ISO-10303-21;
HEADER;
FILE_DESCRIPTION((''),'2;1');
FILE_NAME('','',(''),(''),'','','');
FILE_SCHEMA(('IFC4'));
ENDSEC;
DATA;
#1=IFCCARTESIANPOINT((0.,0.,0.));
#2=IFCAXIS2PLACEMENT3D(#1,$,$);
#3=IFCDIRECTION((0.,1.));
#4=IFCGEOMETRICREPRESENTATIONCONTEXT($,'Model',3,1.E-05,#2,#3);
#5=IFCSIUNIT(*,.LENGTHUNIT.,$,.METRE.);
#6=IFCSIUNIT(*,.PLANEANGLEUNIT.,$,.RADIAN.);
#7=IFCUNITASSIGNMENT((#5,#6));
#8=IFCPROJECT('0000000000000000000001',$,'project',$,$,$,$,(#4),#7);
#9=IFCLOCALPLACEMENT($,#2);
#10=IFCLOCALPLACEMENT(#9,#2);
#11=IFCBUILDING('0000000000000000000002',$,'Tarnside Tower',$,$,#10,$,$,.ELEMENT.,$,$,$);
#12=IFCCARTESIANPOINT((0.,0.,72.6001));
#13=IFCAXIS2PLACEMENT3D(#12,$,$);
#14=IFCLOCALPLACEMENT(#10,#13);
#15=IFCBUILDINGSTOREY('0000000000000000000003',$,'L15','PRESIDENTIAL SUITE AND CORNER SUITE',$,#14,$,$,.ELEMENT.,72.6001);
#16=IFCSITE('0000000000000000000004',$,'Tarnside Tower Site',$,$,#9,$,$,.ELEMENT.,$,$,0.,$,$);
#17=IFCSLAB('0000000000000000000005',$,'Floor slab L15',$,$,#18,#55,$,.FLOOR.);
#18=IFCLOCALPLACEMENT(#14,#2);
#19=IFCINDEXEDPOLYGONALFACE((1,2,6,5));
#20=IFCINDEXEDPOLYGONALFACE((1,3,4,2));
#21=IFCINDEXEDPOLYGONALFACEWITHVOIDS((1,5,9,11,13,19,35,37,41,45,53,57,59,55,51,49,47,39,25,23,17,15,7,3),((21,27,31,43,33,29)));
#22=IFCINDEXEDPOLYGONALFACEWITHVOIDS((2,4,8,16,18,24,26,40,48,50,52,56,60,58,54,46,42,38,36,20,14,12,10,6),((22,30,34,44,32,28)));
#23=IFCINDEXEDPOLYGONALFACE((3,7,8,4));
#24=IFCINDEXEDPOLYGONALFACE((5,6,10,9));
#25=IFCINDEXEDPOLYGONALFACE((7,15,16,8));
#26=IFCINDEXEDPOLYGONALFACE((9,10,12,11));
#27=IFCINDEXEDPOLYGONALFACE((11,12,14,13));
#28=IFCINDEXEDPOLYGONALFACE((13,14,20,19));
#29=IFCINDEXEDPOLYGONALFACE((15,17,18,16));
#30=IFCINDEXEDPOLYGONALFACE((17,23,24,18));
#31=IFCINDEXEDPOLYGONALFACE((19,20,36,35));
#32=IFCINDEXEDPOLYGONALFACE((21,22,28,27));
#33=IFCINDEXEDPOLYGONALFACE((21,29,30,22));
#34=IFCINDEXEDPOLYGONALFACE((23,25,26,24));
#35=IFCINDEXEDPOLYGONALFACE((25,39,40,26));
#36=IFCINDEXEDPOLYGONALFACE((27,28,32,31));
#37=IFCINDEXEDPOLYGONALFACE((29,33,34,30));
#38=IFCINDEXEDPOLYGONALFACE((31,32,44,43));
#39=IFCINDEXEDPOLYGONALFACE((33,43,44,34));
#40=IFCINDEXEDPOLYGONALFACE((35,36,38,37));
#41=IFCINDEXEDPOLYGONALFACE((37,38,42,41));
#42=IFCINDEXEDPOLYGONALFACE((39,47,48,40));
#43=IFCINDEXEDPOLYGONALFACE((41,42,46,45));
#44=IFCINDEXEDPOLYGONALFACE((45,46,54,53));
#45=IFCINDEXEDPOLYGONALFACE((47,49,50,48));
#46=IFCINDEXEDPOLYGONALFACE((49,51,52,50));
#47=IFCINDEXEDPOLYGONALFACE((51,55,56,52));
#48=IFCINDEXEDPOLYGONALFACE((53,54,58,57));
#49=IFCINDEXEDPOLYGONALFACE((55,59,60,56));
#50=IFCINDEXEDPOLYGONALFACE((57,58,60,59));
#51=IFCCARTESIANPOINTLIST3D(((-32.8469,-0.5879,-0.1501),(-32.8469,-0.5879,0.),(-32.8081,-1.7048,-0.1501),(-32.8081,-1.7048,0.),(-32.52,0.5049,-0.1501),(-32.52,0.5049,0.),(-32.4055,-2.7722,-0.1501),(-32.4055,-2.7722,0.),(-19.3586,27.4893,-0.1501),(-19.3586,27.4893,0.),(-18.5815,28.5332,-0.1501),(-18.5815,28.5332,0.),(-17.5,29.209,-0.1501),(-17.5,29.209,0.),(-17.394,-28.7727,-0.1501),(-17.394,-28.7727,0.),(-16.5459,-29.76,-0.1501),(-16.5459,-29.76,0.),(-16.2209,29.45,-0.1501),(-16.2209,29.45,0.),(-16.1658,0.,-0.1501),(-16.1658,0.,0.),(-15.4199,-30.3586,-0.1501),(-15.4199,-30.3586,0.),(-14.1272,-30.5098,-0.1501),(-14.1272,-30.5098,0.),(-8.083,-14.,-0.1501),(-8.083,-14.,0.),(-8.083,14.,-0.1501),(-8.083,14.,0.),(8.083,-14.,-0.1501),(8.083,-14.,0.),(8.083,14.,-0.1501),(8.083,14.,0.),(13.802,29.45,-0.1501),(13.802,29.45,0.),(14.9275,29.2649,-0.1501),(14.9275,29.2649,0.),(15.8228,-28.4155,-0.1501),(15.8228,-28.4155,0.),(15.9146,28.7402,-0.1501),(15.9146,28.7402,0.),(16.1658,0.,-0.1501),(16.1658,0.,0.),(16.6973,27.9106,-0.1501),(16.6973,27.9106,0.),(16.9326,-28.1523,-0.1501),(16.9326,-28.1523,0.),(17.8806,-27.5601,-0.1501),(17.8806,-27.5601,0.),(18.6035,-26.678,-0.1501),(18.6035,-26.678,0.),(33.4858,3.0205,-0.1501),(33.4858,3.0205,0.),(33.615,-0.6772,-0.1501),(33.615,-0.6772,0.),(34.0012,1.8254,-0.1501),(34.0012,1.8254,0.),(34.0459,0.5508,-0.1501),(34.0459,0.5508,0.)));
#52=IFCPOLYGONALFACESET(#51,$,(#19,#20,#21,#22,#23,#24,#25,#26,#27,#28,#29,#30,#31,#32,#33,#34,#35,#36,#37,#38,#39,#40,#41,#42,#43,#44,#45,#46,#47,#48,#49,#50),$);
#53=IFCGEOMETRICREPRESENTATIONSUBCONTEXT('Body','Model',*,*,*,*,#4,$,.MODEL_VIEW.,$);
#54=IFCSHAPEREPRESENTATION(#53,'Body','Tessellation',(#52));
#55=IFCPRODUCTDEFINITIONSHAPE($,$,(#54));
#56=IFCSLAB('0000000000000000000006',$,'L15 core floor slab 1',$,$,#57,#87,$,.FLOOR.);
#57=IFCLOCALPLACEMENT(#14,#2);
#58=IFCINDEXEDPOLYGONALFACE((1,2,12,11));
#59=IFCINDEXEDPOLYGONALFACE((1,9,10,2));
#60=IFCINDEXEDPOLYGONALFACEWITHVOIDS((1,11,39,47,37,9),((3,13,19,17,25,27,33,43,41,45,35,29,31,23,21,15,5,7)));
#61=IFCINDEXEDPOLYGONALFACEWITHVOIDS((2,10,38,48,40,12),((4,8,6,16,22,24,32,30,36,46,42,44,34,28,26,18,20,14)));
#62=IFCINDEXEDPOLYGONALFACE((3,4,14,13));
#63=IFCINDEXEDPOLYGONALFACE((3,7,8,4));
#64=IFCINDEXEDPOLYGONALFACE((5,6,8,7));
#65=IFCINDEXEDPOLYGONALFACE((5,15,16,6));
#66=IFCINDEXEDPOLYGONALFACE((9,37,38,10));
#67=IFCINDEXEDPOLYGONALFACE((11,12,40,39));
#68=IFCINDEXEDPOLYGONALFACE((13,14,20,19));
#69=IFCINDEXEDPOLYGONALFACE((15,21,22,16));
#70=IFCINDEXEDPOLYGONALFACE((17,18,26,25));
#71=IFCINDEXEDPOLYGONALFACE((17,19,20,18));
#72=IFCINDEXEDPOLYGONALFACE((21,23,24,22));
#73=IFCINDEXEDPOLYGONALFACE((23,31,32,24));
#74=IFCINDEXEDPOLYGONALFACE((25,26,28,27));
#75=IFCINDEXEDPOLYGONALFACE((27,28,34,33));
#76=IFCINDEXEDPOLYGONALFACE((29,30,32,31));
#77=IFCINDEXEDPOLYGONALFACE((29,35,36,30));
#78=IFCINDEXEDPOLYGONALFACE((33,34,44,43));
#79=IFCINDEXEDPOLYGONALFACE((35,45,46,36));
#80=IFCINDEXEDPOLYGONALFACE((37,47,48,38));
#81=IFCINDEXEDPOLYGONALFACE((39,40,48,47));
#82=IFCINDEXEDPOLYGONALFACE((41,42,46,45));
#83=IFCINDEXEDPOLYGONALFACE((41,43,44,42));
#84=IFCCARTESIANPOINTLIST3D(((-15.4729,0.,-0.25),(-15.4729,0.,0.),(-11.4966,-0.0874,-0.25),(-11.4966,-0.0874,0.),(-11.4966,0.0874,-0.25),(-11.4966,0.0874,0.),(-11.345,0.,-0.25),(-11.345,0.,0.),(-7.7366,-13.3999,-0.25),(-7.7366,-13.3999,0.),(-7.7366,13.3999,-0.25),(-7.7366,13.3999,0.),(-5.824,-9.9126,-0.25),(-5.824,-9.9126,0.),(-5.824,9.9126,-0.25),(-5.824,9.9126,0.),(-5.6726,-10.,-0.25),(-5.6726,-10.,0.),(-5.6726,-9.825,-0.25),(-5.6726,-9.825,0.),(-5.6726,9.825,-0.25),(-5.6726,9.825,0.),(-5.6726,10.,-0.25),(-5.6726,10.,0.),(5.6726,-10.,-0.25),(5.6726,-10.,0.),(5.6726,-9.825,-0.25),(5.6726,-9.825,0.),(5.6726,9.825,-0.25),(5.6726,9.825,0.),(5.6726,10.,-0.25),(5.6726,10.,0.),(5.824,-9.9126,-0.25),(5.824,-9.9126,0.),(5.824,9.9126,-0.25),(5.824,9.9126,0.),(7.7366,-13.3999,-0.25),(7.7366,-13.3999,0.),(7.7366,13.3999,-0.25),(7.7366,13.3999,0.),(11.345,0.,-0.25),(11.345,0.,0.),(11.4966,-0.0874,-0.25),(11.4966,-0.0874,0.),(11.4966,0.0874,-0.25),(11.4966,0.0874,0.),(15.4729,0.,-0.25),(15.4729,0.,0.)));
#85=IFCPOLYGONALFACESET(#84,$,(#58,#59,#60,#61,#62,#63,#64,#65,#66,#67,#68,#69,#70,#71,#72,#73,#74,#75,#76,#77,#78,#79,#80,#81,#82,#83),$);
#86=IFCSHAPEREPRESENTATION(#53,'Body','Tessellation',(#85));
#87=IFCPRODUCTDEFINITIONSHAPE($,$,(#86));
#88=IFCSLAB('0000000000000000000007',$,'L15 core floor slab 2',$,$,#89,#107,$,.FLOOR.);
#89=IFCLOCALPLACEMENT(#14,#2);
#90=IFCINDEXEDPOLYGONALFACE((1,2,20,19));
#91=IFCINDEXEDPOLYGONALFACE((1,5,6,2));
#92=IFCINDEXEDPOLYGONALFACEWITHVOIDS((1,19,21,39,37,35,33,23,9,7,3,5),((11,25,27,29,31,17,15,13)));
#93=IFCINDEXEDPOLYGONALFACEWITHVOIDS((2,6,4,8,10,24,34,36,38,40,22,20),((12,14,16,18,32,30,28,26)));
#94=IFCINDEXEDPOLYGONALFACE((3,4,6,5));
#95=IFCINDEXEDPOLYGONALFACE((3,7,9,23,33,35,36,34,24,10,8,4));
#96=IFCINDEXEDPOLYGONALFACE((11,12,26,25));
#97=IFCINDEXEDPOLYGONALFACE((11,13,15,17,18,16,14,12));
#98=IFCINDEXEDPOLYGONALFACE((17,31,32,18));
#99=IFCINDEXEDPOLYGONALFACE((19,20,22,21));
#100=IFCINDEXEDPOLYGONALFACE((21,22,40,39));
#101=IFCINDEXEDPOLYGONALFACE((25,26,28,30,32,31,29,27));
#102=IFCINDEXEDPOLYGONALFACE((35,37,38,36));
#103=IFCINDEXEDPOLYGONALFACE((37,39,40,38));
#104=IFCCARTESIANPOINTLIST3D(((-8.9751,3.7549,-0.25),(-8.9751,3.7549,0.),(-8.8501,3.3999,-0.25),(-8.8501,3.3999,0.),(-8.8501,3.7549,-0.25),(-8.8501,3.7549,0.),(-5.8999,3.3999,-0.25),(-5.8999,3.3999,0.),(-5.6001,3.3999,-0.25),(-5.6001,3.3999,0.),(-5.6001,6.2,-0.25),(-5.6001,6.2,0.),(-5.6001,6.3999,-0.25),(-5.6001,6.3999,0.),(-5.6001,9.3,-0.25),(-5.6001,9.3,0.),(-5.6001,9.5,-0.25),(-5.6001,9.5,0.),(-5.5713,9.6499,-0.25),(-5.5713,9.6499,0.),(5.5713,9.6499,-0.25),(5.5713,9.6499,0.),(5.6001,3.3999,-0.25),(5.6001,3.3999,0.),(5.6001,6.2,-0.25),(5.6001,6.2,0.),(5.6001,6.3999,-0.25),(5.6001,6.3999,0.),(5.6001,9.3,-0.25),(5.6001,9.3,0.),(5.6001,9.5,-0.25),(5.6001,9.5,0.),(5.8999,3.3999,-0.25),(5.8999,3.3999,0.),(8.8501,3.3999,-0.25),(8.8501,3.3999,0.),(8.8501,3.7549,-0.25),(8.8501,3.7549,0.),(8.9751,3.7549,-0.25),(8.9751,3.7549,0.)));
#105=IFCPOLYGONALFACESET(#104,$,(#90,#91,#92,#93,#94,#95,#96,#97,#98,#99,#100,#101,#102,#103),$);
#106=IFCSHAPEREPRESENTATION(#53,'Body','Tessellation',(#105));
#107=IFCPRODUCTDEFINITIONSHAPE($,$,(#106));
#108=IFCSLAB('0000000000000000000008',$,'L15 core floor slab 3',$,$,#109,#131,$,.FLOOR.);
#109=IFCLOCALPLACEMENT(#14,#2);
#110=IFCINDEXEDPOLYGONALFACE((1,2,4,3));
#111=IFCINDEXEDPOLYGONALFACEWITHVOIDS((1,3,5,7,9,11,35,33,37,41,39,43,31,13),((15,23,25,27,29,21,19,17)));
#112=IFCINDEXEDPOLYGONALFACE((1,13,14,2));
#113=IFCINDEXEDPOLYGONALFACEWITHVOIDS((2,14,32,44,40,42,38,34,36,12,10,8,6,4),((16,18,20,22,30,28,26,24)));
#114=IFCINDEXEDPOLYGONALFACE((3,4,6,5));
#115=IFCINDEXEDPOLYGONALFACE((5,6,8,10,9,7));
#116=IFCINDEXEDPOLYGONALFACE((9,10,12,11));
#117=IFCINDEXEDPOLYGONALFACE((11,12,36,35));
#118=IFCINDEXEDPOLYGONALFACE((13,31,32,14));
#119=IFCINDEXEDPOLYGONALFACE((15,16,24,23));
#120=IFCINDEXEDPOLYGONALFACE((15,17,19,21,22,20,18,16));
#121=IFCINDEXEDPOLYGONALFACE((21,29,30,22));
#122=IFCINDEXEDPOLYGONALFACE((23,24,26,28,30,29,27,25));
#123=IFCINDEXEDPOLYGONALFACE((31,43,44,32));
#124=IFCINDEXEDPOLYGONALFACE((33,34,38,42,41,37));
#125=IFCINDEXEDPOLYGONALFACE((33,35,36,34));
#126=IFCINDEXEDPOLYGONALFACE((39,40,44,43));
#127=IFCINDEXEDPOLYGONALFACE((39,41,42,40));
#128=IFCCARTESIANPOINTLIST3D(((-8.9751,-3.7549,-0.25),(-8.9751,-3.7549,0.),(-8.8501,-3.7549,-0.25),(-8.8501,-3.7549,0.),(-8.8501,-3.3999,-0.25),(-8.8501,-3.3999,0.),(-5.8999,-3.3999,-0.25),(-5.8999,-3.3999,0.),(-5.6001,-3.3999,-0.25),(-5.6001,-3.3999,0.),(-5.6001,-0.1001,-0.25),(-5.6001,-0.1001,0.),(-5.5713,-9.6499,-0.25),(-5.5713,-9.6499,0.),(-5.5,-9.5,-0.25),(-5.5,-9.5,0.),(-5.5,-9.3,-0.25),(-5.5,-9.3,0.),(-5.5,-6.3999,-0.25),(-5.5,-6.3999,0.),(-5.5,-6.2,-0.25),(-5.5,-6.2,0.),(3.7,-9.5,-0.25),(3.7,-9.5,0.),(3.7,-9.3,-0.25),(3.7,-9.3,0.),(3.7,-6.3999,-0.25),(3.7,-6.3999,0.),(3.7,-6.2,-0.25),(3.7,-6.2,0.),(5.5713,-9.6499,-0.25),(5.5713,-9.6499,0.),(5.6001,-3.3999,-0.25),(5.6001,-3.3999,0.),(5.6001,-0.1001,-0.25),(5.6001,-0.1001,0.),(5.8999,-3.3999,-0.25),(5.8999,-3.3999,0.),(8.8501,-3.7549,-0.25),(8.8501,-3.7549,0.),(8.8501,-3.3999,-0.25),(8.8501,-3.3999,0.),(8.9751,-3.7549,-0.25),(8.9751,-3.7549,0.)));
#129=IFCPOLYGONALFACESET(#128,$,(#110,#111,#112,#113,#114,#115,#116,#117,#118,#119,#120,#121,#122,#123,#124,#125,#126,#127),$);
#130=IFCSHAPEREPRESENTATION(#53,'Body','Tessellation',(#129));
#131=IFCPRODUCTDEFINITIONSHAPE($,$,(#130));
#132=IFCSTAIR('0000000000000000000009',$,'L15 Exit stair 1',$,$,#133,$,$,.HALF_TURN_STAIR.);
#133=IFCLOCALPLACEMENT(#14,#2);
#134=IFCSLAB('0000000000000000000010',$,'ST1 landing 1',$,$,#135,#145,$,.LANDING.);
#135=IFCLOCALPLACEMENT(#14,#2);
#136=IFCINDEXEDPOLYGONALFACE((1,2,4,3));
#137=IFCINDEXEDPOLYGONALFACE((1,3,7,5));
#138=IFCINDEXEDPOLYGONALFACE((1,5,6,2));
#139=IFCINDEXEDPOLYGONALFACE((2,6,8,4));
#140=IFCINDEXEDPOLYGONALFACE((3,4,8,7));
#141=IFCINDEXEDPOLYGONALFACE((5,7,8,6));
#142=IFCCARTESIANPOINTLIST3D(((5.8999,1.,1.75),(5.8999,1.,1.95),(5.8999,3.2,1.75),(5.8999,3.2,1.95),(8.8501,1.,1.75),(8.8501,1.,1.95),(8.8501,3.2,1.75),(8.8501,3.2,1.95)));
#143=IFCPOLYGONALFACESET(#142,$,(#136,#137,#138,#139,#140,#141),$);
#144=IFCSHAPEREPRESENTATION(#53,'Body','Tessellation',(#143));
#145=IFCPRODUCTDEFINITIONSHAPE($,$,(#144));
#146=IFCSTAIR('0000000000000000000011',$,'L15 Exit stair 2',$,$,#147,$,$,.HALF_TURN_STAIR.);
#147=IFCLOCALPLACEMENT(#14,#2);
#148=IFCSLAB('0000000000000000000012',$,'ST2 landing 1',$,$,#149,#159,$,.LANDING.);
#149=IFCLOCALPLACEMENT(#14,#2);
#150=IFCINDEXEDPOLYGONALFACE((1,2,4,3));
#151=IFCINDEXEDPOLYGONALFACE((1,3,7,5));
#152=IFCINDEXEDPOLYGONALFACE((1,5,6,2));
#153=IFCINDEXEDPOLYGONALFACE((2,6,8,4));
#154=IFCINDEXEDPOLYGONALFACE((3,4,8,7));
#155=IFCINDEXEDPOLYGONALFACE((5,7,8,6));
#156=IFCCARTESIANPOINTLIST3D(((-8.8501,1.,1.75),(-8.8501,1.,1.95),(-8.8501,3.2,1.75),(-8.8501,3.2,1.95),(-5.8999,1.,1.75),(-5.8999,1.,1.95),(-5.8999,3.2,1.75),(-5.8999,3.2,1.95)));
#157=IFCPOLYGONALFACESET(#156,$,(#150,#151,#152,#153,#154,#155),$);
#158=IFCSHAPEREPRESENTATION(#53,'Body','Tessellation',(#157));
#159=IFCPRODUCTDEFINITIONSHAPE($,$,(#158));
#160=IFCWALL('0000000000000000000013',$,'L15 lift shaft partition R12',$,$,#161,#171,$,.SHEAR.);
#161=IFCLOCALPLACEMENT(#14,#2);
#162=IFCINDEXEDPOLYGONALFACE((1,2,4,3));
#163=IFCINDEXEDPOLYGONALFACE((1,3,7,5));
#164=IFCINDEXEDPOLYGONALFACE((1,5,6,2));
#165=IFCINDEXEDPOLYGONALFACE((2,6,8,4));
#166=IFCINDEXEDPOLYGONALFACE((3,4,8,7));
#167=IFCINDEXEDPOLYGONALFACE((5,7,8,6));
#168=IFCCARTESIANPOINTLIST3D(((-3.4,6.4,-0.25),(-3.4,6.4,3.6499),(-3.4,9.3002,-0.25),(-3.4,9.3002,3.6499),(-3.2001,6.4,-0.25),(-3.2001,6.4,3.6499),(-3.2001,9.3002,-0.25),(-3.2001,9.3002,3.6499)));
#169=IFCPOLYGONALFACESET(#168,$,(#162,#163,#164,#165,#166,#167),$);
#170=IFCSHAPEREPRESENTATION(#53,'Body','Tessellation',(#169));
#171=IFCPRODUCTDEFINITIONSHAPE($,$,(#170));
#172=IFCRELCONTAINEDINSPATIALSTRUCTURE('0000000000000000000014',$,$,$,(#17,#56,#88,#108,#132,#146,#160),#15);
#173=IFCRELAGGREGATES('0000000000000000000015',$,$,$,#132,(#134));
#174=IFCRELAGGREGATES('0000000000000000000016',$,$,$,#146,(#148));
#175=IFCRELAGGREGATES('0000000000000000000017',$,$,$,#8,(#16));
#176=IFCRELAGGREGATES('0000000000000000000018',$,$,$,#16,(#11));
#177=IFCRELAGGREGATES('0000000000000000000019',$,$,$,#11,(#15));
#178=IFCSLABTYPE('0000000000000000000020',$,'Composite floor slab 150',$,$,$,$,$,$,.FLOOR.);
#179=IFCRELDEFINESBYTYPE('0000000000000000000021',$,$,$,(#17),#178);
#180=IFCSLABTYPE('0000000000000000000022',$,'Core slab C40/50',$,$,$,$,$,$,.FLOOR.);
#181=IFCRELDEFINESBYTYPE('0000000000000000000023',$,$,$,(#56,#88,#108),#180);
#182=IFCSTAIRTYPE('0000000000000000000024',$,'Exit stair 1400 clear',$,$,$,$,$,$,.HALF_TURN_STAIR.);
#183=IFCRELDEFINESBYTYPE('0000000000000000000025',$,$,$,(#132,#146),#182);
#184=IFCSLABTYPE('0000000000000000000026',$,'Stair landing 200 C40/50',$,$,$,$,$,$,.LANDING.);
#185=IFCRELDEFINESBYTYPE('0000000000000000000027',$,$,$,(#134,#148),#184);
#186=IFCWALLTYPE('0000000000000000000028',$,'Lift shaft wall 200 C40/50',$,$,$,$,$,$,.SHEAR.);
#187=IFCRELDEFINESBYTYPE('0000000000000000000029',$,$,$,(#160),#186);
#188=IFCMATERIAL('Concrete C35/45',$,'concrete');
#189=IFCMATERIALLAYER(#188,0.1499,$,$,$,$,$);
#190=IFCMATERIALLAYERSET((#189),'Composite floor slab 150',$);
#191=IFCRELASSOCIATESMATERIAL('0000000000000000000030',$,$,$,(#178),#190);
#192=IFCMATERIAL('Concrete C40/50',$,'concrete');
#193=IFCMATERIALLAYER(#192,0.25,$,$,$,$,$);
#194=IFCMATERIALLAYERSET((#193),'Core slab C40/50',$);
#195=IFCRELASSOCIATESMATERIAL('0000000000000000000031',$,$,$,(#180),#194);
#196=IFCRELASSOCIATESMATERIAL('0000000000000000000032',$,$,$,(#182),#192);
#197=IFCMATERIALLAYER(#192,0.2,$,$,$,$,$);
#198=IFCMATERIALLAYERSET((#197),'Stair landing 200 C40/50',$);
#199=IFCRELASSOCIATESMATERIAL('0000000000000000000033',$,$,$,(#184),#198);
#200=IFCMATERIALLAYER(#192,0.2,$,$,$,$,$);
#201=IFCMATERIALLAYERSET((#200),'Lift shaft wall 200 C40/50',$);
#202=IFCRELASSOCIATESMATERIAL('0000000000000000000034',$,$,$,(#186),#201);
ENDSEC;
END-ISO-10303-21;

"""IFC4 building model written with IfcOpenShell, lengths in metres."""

from ifc_helpers import new_model, si_unit, direction, frame, frame_2d, origin, place, context, subcontext, project, spatial, polyline, rectangle, outline, extrude, material, layer, layer_set, type_object, element, aggregate, save


model = new_model("IFC4")

# Units and contexts
model_context = context("Model", 3, precision=1e-05, world=origin(), true_north=direction((0.0, 1.0)))
body_context = subcontext(model_context, "Body", "Model", "MODEL_VIEW")
ifc_project = project(units=[si_unit("LENGTHUNIT", "METRE"), si_unit("PLANEANGLEUNIT", "RADIAN")], contexts=[model_context])

# Site, building, storey
site_placement = place(None, origin())
site = spatial("IfcSite", under=ifc_project, at=site_placement, Name="Tarnside Tower Site", CompositionType="ELEMENT", RefElevation=0.0)
building_placement = place(site_placement, origin())
building = spatial("IfcBuilding", under=site, at=building_placement, Name="Tarnside Tower", CompositionType="ELEMENT")
storey_placement = place(building_placement, frame((0.0, 0.0, 72.6001)))
storey = spatial("IfcBuildingStorey", under=building, at=storey_placement, Name="L15", Description="PRESIDENTIAL SUITE AND CORNER SUITE", CompositionType="ELEMENT", Elevation=72.6001)

# Slabs
ifc_material_1 = material(Name="Concrete C35/45", Category="concrete")
ifc_layer_1 = layer(ifc_material_1, 0.1499)
ifc_layer_set_1 = layer_set([ifc_layer_1], Name="Composite floor slab 150")
slab_type_1 = type_object("IfcSlabType", Name="Composite floor slab 150", PredefinedType="FLOOR", material=ifc_layer_set_1)
slab_1_placement = place(storey_placement, frame((0.0, 0.0, -0.1501)))
element("IfcSlab", 1, at=slab_1_placement, inside=storey, type_object=slab_type_1, Name="Floor slab L15", PredefinedType="FLOOR", context=body_context, shape_type="SweptSolid", body=[
    extrude(outline(polyline([(14.9275, 29.2649), (15.9146, 28.7402), (16.6973, 27.9106), (33.4858, 3.0205), (34.0012, 1.8254), (34.0459, 0.5508), (33.615, -0.6772), (18.6035, -26.678), (17.8806, -27.5601), (16.9326, -28.1523), (15.8228, -28.4155), (-14.1272, -30.5098), (-15.4199, -30.3586), (-16.5459, -29.76), (-17.394, -28.7727), (-32.4055, -2.7722), (-32.8081, -1.7048), (-32.8469, -0.5879), (-32.52, 0.5049), (-19.3586, 27.4893), (-18.5815, 28.5332), (-17.5, 29.209), (-16.2209, 29.45), (13.802, 29.45), (14.9275, 29.2649)]), holes=[polyline([(-16.1658, 0.0), (-8.083, -14.0), (8.083, -14.0), (16.1658, 0.0), (8.083, 14.0), (-8.083, 14.0), (-16.1658, 0.0)])]), origin(), (0.0, 0.0, 1.0), 0.1501),
])
ifc_material_2 = material(Name="Concrete C40/50", Category="concrete")
ifc_layer_2 = layer(ifc_material_2, 0.25)
ifc_layer_set_2 = layer_set([ifc_layer_2], Name="Core slab C40/50")
slab_type_2 = type_object("IfcSlabType", Name="Core slab C40/50", PredefinedType="FLOOR", material=ifc_layer_set_2)
slab_2_placement = place(storey_placement, frame((0.0, 0.0, -0.25)))
element("IfcSlab", 2, at=slab_2_placement, inside=storey, type_object=slab_type_2, Name="L15 core floor slab 1", PredefinedType="FLOOR", context=body_context, shape_type="SweptSolid", body=[
    extrude(outline(polyline([(-15.4729, 0.0), (-7.7366, 13.3999), (7.7366, 13.3999), (15.4729, 0.0), (7.7366, -13.3999), (-7.7366, -13.3999), (-15.4729, 0.0)]), holes=[polyline([(5.824, -9.9126), (11.4966, -0.0874), (11.345, 0.0), (11.4966, 0.0874), (5.824, 9.9126), (5.6726, 9.825), (5.6726, 10.0), (-5.6726, 10.0), (-5.6726, 9.825), (-5.824, 9.9126), (-11.4966, 0.0874), (-11.345, 0.0), (-11.4966, -0.0874), (-5.824, -9.9126), (-5.6726, -9.825), (-5.6726, -10.0), (5.6726, -10.0), (5.6726, -9.825), (5.824, -9.9126)])]), origin(), (0.0, 0.0, 1.0), 0.25),
])
slab_3_placement = place(storey_placement, frame((0.0, 0.0, -0.25)))
element("IfcSlab", 3, at=slab_3_placement, inside=storey, type_object=slab_type_2, Name="L15 core floor slab 2", PredefinedType="FLOOR", context=body_context, shape_type="SweptSolid", body=[
    extrude(outline(polyline([(-8.9751, 3.7549), (-5.5713, 9.6499), (5.5713, 9.6499), (8.9751, 3.7549), (8.8501, 3.7549), (8.8501, 3.3999), (5.8999, 3.3999), (5.6001, 3.3999), (5.6001, 3.3999), (-5.6001, 3.3999), (-5.8999, 3.3999), (-8.8501, 3.3999), (-8.8501, 3.7549), (-8.9751, 3.7549)]), holes=[polyline([(-5.6001, 6.2), (5.6001, 6.2), (5.6001, 6.3999), (5.6001, 9.3), (5.6001, 9.5), (-5.6001, 9.5), (-5.6001, 9.3), (-5.6001, 6.3999), (-5.6001, 6.2)])]), origin(), (0.0, 0.0, 1.0), 0.25),
])
slab_4_placement = place(storey_placement, frame((0.0, 0.0, -0.25)))
element("IfcSlab", 4, at=slab_4_placement, inside=storey, type_object=slab_type_2, Name="L15 core floor slab 3", PredefinedType="FLOOR", context=body_context, shape_type="SweptSolid", body=[
    extrude(outline(polyline([(5.6001, -3.3999), (5.8999, -3.3999), (8.8501, -3.3999), (8.8501, -3.7549), (8.9751, -3.7549), (5.5713, -9.6499), (-5.5713, -9.6499), (-8.9751, -3.7549), (-8.8501, -3.7549), (-8.8501, -3.3999), (-5.8999, -3.3999), (-5.6001, -3.3999), (-5.6001, -0.1001), (5.6001, -0.1001), (5.6001, -3.3999)]), holes=[polyline([(-5.5, -9.3), (-5.5, -9.5), (3.7, -9.5), (3.7, -9.3), (3.7, -6.3999), (3.7, -6.2), (-5.5, -6.2), (-5.5, -6.3999), (-5.5, -9.3)])]), origin(), (0.0, 0.0, 1.0), 0.25),
])

# Stairs, slabs
stair_type = type_object("IfcStairType", Name="Exit stair 1400 clear", PredefinedType="HALF_TURN_STAIR", material=ifc_material_2)
stair_1_placement = place(storey_placement, origin())
stair_1 = element("IfcStair", 5, at=stair_1_placement, inside=storey, type_object=stair_type, Name="L15 Exit stair 1", PredefinedType="HALF_TURN_STAIR")
ifc_layer_3 = layer(ifc_material_2, 0.2)
ifc_layer_set_3 = layer_set([ifc_layer_3], Name="Stair landing 200 C40/50")
slab_type_3 = type_object("IfcSlabType", Name="Stair landing 200 C40/50", PredefinedType="LANDING", material=ifc_layer_set_3)
slab_5_placement = place(storey_placement, frame((0.0, 0.0, 1.75)))
slab_5 = element("IfcSlab", 6, at=slab_5_placement, type_object=slab_type_3, Name="ST1 landing 1", PredefinedType="LANDING", context=body_context, shape_type="SweptSolid", body=[
    extrude(outline(polyline([(8.8501, 1.0), (8.8501, 3.2), (5.8999, 3.2), (5.8999, 1.0), (8.8501, 1.0)])), origin(), (0.0, 0.0, 1.0), 0.2),
])
aggregate(stair_1, [slab_5])
stair_2_placement = place(storey_placement, origin())
stair_2 = element("IfcStair", 7, at=stair_2_placement, inside=storey, type_object=stair_type, Name="L15 Exit stair 2", PredefinedType="HALF_TURN_STAIR")
slab_6_placement = place(storey_placement, frame((0.0, 0.0, 1.75)))
slab_6 = element("IfcSlab", 8, at=slab_6_placement, type_object=slab_type_3, Name="ST2 landing 1", PredefinedType="LANDING", context=body_context, shape_type="SweptSolid", body=[
    extrude(outline(polyline([(-5.8999, 1.0), (-5.8999, 3.2), (-8.8501, 3.2), (-8.8501, 1.0), (-5.8999, 1.0)])), origin(), (0.0, 0.0, 1.0), 0.2),
])
aggregate(stair_2, [slab_6])

# Wall
ifc_layer_4 = layer(ifc_material_2, 0.2)
ifc_layer_set_4 = layer_set([ifc_layer_4], Name="Lift shaft wall 200 C40/50")
wall_type = type_object("IfcWallType", Name="Lift shaft wall 200 C40/50", PredefinedType="SHEAR", material=ifc_layer_set_4)
wall_placement = place(storey_placement, frame((-3.3, 6.3999, -0.25), z_axis=(0.0, 0.0, 1.0), x_axis=(0.0, 1.0, 0.0)))
element("IfcWall", 9, at=wall_placement, inside=storey, type_object=wall_type, Name="L15 lift shaft partition R12", PredefinedType="SHEAR", context=body_context, shape_type="SweptSolid", body=[
    extrude(rectangle(XDim=2.9001, YDim=0.2, at=frame_2d((1.4502, 0.0))), origin(), (0.0, 0.0, 1.0), 3.8999),
])

save(model, "model.ifc")
